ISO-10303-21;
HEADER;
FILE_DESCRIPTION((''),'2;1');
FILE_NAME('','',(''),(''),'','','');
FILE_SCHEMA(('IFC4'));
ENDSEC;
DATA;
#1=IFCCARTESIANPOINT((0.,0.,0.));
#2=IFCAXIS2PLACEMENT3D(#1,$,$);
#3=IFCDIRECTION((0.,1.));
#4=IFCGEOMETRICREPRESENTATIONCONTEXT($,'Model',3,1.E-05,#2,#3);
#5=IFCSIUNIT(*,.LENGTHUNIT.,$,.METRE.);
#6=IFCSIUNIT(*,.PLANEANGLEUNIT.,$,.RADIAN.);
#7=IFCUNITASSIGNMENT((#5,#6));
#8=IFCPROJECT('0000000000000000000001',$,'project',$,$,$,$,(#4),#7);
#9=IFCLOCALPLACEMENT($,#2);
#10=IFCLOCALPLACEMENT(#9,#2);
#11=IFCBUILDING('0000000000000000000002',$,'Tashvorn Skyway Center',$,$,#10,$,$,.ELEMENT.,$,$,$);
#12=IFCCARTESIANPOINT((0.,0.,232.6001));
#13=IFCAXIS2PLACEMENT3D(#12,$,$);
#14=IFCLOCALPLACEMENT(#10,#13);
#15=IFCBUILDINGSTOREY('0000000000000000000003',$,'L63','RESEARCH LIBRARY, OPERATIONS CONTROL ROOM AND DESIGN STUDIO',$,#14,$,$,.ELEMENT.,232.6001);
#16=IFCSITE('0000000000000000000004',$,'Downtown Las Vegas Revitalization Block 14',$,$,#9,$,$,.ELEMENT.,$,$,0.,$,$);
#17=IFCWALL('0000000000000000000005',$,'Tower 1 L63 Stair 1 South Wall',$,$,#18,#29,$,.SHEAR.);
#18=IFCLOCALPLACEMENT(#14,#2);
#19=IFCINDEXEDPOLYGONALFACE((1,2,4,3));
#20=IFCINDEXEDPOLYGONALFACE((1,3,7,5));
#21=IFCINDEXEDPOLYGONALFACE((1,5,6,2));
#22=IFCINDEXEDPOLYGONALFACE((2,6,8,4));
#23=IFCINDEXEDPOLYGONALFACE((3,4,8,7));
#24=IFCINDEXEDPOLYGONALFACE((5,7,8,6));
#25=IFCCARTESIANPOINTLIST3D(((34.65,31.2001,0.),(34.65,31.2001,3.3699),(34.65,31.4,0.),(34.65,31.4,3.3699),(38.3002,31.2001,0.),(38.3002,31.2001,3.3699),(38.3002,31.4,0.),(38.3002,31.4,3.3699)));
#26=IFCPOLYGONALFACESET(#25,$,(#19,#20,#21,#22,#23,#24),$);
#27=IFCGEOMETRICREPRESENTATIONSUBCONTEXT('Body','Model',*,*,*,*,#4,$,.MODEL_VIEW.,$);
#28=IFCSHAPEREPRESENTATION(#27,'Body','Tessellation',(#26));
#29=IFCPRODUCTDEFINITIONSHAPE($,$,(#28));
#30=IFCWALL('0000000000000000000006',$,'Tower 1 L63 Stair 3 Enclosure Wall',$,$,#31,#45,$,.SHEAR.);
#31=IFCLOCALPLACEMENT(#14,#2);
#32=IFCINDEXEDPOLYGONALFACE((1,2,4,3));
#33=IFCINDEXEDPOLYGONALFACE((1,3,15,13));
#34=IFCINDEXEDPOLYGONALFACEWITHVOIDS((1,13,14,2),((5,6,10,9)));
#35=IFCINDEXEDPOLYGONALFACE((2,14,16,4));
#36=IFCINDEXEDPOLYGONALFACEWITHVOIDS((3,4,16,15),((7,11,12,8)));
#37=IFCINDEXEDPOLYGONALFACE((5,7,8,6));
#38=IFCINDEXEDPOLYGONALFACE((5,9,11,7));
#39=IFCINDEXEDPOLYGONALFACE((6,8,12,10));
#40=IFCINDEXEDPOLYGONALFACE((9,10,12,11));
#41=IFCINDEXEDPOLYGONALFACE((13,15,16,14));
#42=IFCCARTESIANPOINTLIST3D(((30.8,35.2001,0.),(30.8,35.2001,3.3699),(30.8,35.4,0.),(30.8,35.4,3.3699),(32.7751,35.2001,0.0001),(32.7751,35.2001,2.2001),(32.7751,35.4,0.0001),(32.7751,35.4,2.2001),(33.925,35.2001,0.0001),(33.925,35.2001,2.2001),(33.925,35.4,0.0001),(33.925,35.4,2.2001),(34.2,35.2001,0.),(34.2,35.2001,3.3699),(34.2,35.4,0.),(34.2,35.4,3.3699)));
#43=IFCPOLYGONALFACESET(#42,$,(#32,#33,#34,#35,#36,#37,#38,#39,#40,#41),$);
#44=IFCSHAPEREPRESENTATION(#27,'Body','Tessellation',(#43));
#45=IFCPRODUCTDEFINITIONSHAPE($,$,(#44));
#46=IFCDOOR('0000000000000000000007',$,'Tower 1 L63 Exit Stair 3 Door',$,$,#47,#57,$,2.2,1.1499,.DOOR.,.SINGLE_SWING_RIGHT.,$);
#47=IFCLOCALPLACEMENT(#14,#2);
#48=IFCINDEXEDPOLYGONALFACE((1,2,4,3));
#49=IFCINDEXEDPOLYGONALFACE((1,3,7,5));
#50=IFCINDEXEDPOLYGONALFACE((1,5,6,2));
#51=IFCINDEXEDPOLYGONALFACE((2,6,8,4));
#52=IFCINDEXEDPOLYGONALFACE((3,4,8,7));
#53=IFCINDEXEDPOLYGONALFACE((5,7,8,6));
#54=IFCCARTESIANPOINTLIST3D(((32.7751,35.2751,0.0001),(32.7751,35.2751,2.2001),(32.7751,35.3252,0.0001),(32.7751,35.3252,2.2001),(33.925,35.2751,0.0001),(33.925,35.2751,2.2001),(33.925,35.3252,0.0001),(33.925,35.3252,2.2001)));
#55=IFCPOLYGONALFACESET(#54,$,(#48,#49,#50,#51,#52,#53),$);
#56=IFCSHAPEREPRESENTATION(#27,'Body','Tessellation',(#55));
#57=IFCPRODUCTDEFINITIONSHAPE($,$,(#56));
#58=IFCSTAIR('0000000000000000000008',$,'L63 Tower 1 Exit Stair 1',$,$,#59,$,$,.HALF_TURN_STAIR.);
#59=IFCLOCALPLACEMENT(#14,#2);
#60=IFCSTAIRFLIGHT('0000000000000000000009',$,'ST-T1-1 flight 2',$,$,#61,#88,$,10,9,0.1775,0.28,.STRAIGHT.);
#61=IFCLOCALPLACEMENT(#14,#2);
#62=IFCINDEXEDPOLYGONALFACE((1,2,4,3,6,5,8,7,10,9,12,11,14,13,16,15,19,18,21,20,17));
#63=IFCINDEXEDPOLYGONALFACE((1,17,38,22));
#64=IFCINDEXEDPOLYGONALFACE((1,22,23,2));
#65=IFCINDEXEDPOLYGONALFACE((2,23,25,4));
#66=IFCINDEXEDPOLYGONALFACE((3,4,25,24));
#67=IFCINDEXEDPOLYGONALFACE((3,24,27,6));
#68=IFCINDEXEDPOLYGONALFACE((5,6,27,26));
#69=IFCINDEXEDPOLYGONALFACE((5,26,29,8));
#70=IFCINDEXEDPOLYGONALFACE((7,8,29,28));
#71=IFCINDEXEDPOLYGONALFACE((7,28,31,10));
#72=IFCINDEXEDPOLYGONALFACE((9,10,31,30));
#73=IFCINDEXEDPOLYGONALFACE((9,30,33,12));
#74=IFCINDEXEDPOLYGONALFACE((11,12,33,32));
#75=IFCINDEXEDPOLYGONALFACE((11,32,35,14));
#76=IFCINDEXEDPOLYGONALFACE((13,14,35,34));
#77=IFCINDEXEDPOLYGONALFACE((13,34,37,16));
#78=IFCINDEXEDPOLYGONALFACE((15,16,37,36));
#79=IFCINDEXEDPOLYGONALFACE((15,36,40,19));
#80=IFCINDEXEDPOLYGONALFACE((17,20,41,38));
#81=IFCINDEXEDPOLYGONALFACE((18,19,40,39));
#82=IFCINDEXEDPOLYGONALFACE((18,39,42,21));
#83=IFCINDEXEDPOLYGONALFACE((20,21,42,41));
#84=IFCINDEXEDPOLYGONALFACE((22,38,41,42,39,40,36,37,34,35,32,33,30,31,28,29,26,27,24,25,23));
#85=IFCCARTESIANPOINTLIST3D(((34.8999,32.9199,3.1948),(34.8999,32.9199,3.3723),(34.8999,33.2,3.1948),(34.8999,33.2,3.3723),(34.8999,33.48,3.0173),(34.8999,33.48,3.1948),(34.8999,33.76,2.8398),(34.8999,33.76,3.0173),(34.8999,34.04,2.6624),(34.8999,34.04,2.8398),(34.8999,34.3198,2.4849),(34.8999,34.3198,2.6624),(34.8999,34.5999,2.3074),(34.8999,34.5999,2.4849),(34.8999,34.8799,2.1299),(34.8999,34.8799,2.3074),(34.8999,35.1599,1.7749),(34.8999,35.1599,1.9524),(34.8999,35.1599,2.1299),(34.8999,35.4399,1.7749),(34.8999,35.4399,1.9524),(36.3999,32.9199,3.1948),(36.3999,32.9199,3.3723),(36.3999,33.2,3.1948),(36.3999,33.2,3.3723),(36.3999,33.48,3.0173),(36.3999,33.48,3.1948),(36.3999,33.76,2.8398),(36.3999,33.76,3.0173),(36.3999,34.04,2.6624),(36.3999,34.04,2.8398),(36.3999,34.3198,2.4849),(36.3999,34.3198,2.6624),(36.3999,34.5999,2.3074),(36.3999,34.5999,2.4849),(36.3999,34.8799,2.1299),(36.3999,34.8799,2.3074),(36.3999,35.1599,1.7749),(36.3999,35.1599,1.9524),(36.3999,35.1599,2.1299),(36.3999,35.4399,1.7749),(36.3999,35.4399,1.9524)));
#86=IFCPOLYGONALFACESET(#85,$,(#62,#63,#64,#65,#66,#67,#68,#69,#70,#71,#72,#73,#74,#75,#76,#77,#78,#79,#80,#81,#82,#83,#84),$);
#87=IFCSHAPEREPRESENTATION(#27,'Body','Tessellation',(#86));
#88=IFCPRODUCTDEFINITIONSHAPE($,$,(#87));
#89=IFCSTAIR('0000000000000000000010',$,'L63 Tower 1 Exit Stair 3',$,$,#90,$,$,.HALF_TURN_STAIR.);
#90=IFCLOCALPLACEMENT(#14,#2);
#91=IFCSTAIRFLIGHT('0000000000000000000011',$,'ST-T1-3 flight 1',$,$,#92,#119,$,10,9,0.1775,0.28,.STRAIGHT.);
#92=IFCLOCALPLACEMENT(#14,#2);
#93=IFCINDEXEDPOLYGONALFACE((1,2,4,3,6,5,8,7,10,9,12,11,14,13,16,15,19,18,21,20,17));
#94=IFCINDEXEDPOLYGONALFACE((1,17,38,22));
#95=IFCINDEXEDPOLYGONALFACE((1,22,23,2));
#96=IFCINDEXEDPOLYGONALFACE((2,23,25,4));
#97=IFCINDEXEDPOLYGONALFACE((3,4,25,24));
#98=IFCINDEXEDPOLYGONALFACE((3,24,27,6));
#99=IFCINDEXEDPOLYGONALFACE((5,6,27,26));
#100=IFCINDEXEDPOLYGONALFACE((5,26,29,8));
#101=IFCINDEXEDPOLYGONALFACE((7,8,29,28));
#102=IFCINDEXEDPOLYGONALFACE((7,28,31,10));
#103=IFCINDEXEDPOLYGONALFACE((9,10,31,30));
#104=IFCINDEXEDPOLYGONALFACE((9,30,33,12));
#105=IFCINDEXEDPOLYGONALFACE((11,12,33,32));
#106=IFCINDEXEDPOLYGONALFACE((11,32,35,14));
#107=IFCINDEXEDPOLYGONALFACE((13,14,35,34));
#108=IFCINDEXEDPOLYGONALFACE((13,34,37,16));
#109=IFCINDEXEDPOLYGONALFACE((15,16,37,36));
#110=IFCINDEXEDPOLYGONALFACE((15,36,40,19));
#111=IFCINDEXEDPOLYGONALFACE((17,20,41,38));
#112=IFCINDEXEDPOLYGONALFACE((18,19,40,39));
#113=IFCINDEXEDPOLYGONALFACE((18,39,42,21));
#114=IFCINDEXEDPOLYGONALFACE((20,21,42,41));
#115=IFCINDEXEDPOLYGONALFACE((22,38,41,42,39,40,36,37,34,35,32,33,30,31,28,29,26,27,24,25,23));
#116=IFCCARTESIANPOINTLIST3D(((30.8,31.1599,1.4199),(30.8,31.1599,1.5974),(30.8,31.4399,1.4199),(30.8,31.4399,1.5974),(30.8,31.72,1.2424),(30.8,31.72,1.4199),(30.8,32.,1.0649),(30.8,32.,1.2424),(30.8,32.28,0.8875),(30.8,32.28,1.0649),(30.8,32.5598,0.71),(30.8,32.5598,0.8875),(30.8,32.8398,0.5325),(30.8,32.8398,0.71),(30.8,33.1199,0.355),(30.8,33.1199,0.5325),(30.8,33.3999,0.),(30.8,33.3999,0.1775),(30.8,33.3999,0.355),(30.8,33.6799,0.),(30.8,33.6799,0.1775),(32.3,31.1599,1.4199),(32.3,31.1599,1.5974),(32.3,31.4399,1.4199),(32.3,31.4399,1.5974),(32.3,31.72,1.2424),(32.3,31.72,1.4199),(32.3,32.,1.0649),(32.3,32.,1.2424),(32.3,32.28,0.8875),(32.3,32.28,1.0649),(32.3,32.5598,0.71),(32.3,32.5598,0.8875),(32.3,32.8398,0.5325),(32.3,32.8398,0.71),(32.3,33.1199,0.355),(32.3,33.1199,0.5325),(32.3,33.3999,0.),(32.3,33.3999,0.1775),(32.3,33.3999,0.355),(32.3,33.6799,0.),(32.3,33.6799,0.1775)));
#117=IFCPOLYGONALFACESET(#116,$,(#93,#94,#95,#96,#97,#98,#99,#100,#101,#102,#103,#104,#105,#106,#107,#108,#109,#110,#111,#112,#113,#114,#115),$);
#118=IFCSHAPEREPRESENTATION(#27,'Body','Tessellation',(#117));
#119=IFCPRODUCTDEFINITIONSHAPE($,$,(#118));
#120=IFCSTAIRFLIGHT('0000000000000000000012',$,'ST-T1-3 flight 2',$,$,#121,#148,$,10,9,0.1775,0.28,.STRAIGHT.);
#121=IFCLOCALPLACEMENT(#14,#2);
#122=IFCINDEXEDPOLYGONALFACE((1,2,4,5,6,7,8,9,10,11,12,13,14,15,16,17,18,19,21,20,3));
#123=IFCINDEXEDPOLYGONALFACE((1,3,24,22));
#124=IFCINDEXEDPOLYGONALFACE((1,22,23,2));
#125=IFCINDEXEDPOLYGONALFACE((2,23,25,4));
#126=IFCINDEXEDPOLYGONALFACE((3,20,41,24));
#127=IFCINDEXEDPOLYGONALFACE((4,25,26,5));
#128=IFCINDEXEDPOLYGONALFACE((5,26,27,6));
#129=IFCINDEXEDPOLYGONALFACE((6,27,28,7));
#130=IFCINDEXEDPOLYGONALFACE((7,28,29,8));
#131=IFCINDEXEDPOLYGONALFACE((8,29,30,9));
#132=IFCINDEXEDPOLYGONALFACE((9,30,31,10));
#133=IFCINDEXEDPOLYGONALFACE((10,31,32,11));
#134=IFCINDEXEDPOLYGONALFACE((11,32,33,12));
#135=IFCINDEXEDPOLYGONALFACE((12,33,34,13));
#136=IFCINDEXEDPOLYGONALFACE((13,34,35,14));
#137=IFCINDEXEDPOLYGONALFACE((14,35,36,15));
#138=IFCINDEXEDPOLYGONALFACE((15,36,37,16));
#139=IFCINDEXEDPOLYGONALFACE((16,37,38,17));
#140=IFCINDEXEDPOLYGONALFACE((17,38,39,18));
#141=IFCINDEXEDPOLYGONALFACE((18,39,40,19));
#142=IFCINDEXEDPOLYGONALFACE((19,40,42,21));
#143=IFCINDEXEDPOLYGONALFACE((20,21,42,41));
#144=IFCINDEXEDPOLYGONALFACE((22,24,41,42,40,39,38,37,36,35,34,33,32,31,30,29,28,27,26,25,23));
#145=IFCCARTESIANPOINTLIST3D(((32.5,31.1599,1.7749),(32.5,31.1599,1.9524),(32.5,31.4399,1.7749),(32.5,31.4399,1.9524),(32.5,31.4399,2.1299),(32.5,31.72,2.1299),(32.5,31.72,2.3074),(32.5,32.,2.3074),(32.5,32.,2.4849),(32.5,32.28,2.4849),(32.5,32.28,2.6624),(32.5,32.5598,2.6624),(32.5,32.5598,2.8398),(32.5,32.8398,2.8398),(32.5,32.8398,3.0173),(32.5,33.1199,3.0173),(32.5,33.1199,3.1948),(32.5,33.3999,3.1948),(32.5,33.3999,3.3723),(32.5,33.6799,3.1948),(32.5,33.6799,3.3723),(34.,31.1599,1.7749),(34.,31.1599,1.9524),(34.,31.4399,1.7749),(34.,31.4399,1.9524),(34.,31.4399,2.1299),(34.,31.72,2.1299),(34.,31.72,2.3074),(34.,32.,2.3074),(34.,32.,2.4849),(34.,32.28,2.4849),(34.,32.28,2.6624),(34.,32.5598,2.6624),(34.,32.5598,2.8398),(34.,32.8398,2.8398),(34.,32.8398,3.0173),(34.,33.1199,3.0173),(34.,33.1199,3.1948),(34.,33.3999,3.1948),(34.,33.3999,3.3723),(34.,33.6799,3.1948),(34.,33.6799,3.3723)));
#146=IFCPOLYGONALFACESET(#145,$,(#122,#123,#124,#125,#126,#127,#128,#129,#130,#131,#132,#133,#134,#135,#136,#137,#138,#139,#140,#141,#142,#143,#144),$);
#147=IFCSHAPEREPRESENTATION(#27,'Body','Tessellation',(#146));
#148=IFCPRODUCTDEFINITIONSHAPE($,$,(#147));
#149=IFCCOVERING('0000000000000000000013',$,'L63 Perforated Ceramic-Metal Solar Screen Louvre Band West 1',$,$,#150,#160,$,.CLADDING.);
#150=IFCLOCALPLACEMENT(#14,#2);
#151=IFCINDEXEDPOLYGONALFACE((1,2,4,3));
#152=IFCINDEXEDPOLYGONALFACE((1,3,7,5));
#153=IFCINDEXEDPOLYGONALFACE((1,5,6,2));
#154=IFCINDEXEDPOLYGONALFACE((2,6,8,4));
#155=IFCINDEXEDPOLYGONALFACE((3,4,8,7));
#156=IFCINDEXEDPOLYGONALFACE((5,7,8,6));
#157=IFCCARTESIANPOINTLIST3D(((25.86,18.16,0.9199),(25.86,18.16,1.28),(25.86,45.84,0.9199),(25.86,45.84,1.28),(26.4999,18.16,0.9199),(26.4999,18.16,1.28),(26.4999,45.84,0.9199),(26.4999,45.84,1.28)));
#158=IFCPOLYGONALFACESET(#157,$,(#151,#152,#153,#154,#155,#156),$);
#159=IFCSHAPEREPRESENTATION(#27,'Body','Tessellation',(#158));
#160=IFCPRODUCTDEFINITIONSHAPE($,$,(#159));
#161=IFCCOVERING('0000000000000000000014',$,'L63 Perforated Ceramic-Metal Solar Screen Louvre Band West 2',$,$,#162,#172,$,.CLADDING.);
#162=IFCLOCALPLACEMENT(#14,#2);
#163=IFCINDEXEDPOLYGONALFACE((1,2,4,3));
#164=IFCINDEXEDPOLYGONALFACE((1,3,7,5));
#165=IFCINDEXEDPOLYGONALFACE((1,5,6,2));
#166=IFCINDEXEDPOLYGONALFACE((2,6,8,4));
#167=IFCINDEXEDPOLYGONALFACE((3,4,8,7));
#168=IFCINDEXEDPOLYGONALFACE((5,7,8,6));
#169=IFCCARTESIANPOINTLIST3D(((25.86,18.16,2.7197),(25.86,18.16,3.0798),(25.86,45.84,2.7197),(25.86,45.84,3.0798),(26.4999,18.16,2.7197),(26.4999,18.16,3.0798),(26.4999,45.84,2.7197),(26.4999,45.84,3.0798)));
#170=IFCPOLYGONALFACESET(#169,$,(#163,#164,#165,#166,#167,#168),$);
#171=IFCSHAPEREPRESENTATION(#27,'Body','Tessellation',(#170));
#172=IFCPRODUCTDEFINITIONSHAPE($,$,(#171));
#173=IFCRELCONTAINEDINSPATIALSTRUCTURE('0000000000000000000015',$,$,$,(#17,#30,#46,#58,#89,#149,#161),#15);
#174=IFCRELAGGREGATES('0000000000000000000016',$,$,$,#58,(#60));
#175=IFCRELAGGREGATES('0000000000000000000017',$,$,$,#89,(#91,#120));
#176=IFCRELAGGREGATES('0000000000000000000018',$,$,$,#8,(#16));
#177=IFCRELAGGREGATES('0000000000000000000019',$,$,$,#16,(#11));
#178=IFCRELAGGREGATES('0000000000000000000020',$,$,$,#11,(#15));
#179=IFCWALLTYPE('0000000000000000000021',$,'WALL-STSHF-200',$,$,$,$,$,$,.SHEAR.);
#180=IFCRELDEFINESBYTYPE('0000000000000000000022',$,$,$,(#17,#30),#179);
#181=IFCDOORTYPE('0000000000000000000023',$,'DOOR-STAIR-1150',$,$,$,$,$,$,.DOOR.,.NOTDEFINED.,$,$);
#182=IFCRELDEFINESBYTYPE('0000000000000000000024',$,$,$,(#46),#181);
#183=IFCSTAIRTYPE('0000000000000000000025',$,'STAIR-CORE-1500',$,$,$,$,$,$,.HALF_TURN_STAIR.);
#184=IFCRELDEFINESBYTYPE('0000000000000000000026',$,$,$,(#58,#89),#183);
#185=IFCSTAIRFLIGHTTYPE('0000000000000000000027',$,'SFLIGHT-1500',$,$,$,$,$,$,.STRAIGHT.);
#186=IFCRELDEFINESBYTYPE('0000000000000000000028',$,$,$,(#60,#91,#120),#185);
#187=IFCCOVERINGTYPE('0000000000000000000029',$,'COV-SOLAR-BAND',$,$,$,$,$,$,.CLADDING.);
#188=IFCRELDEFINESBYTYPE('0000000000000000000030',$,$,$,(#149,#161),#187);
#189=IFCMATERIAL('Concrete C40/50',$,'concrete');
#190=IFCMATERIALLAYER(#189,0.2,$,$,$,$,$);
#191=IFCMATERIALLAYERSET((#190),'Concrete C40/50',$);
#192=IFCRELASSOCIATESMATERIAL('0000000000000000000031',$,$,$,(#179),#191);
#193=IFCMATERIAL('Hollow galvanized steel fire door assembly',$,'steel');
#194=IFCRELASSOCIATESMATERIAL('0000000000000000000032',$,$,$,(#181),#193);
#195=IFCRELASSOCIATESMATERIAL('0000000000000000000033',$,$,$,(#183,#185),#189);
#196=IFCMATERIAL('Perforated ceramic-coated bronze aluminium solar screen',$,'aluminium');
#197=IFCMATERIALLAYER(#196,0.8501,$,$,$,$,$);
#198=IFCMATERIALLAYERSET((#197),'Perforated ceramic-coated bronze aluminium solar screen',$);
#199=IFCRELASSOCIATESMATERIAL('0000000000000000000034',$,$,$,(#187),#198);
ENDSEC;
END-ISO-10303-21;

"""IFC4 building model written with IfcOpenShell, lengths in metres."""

from ifc_helpers import new_model, si_unit, direction, frame, frame_2d, origin, origin_2d, place, context, subcontext, project, spatial, polyline, rectangle, outline, extrude, material, layer, layer_set, type_object, element, fill, aggregate, save


model = new_model("IFC4")

# Units and contexts
model_context = context("Model", 3, precision=1e-05, world=origin(), true_north=direction((0.0, 1.0)))
body_context = subcontext(model_context, "Body", "Model", "MODEL_VIEW")
ifc_project = project(units=[si_unit("LENGTHUNIT", "METRE"), si_unit("PLANEANGLEUNIT", "RADIAN")], contexts=[model_context])

# Site, building, storey
site_placement = place(None, origin())
site = spatial("IfcSite", under=ifc_project, at=site_placement, Name="Downtown Las Vegas Revitalization Block 14", CompositionType="ELEMENT", RefElevation=0.0)
building_placement = place(site_placement, origin())
building = spatial("IfcBuilding", under=site, at=building_placement, Name="Tashvorn Skyway Center", CompositionType="ELEMENT")
storey_placement = place(building_placement, frame((0.0, 0.0, 232.6001)))
storey = spatial("IfcBuildingStorey", under=building, at=storey_placement, Name="L63", Description="RESEARCH LIBRARY, OPERATIONS CONTROL ROOM AND DESIGN STUDIO", CompositionType="ELEMENT", Elevation=232.6001)

# Wall
ifc_material_1 = material(Name="Concrete C40/50", Category="concrete")
ifc_layer_1 = layer(ifc_material_1, 0.2)
ifc_layer_set_1 = layer_set([ifc_layer_1], Name="Concrete C40/50")
wall_type_1 = type_object("IfcWallType", Name="WALL-STSHF-200", PredefinedType="SHEAR", material=ifc_layer_set_1)
wall_1_placement = place(storey_placement, frame((34.6499, 31.3, 0.0), z_axis=(0.0, 0.0, 1.0), x_axis=(1.0, 0.0, 0.0)))
element("IfcWall", 1, at=wall_1_placement, inside=storey, type_object=wall_type_1, Name="Tower 1 L63 Stair 1 South Wall", PredefinedType="SHEAR", context=body_context, shape_type="SweptSolid", body=[
    extrude(rectangle(XDim=3.6501, YDim=0.2, at=frame_2d((1.8252, 0.0))), origin(), (0.0, 0.0, 1.0), 3.3699),
])

# Wall, opening, door
wall_2_placement = place(storey_placement, frame((34.2, 35.3, 0.0), z_axis=(0.0, 0.0, 1.0), x_axis=(-1.0, 0.0, 0.0)))
wall_2 = element("IfcWall", 2, at=wall_2_placement, inside=storey, type_object=wall_type_1, Name="Tower 1 L63 Stair 3 Enclosure Wall", PredefinedType="SHEAR", context=body_context, shape_type="SweptSolid", body=[
    extrude(rectangle(XDim=3.3999, YDim=0.2, at=frame_2d((1.7, 0.0))), origin(), (0.0, 0.0, 1.0), 3.3699),
])
opening_placement = place(wall_2_placement, frame((0.2749, 0.0, 0.0)))
opening = element("IfcOpeningElement", 3, at=opening_placement, cuts=wall_2, PredefinedType="OPENING", context=body_context, shape_type="SweptSolid", body=[
    extrude(rectangle(XDim=1.1499, YDim=2.2, at=frame_2d((0.575, 1.1001))), frame((0.0, 0.1099, 0.0), z_axis=(0.0, -1.0, 0.0), x_axis=(1.0, 0.0, 0.0)), (0.0, 0.0, 1.0), 0.22),
])
ifc_material_2 = material(Name="Hollow galvanized steel fire door assembly", Category="steel")
door_type = type_object("IfcDoorType", Name="DOOR-STAIR-1150", OperationType="NOTDEFINED", PredefinedType="DOOR", material=ifc_material_2)
door_placement = place(opening_placement, origin())
door = element("IfcDoor", 4, at=door_placement, inside=storey, type_object=door_type, Name="Tower 1 L63 Exit Stair 3 Door", OperationType="SINGLE_SWING_RIGHT", OverallHeight=2.2, OverallWidth=1.1499, PredefinedType="DOOR", context=body_context, shape_type="SweptSolid", body=[
    extrude(rectangle(XDim=1.1499, YDim=2.2, at=frame_2d((0.575, 1.1001))), frame((0.0, 0.0249, 0.0), z_axis=(0.0, -1.0, 0.0), x_axis=(1.0, 0.0, 0.0)), (0.0, 0.0, 1.0), 0.05),
])
fill(opening, door)

# Stair, stair flight
stair_type = type_object("IfcStairType", Name="STAIR-CORE-1500", PredefinedType="HALF_TURN_STAIR", material=ifc_material_1)
stair_1_placement = place(storey_placement, origin())
stair_1 = element("IfcStair", 5, at=stair_1_placement, inside=storey, type_object=stair_type, Name="L63 Tower 1 Exit Stair 1", PredefinedType="HALF_TURN_STAIR")
stair_flight_type = type_object("IfcStairFlightType", Name="SFLIGHT-1500", PredefinedType="STRAIGHT", material=ifc_material_1)
stair_flight_1_placement = place(storey_placement, frame((35.6499, 35.4399, 1.7749), z_axis=(0.0, 0.0, 1.0), x_axis=(0.0, -1.0, 0.0)))
stair_flight_1 = element("IfcStairFlight", 6, at=stair_flight_1_placement, type_object=stair_flight_type, Name="ST-T1-1 flight 2", NumberOfRisers=10, NumberOfTreads=9, PredefinedType="STRAIGHT", RiserHeight=0.1775, TreadLength=0.28, context=body_context, shape_type="SweptSolid", body=[
    extrude(outline(polyline([(0.0, 0.0), (0.0, 0.1775), (0.28, 0.1775), (0.28, 0.355), (0.5601, 0.355), (0.5601, 0.5325), (0.8401, 0.5325), (0.8401, 0.71), (1.1201, 0.71), (1.1201, 0.8875), (1.3999, 0.8875), (1.3999, 1.0649), (1.6799, 1.0649), (1.6799, 1.2424), (1.96, 1.2424), (1.96, 1.4199), (2.24, 1.4199), (2.24, 1.5974), (2.52, 1.5974), (2.52, 1.7749), (2.52, 1.4199), (0.28, 0.0), (0.0, 0.0)])), frame((0.0, 0.75, 0.0), z_axis=(0.0, -1.0, 0.0), x_axis=(1.0, 0.0, 0.0)), (0.0, 0.0, 1.0), 1.5),
])
aggregate(stair_1, [stair_flight_1])

# Stair, stair flights
stair_2_placement = place(storey_placement, origin())
stair_2 = element("IfcStair", 7, at=stair_2_placement, inside=storey, type_object=stair_type, Name="L63 Tower 1 Exit Stair 3", PredefinedType="HALF_TURN_STAIR")
stair_flight_2_placement = place(storey_placement, frame((31.55, 33.6799, 0.0), z_axis=(0.0, 0.0, 1.0), x_axis=(0.0, -1.0, 0.0)))
stair_flight_2 = element("IfcStairFlight", 8, at=stair_flight_2_placement, type_object=stair_flight_type, Name="ST-T1-3 flight 1", NumberOfRisers=10, NumberOfTreads=9, PredefinedType="STRAIGHT", RiserHeight=0.1775, TreadLength=0.28, context=body_context, shape_type="SweptSolid", body=[
    extrude(outline(polyline([(0.0, 0.0), (0.0, 0.1775), (0.28, 0.1775), (0.28, 0.355), (0.5601, 0.355), (0.5601, 0.5325), (0.8401, 0.5325), (0.8401, 0.71), (1.1201, 0.71), (1.1201, 0.8875), (1.3999, 0.8875), (1.3999, 1.0649), (1.6799, 1.0649), (1.6799, 1.2424), (1.96, 1.2424), (1.96, 1.4199), (2.24, 1.4199), (2.24, 1.5974), (2.52, 1.5974), (2.52, 1.7749), (2.52, 1.4199), (0.28, 0.0), (0.0, 0.0)])), frame((0.0, 0.75, 0.0), z_axis=(0.0, -1.0, 0.0), x_axis=(1.0, 0.0, 0.0)), (0.0, 0.0, 1.0), 1.5),
])
stair_flight_3_placement = place(storey_placement, frame((33.25, 31.1599, 1.7749), z_axis=(0.0, 0.0, 1.0), x_axis=(0.0, 1.0, 0.0)))
stair_flight_3 = element("IfcStairFlight", 9, at=stair_flight_3_placement, type_object=stair_flight_type, Name="ST-T1-3 flight 2", NumberOfRisers=10, NumberOfTreads=9, PredefinedType="STRAIGHT", RiserHeight=0.1775, TreadLength=0.28, context=body_context, shape_type="SweptSolid", body=[
    extrude(outline(polyline([(0.0, 0.0), (0.0, 0.1775), (0.28, 0.1775), (0.28, 0.355), (0.5601, 0.355), (0.5601, 0.5325), (0.8401, 0.5325), (0.8401, 0.71), (1.1201, 0.71), (1.1201, 0.8875), (1.3999, 0.8875), (1.3999, 1.0649), (1.6799, 1.0649), (1.6799, 1.2424), (1.96, 1.2424), (1.96, 1.4199), (2.24, 1.4199), (2.24, 1.5974), (2.52, 1.5974), (2.52, 1.7749), (2.52, 1.4199), (0.28, 0.0), (0.0, 0.0)])), frame((0.0, 0.75, 0.0), z_axis=(0.0, -1.0, 0.0), x_axis=(1.0, 0.0, 0.0)), (0.0, 0.0, 1.0), 1.5),
])
aggregate(stair_2, [stair_flight_2, stair_flight_3])

# Coverings
ifc_material_3 = material(Name="Perforated ceramic-coated bronze aluminium solar screen", Category="aluminium")
ifc_layer_2 = layer(ifc_material_3, 0.8501)
ifc_layer_set_2 = layer_set([ifc_layer_2], Name="Perforated ceramic-coated bronze aluminium solar screen")
covering_type = type_object("IfcCoveringType", Name="COV-SOLAR-BAND", PredefinedType="CLADDING", material=ifc_layer_set_2)
for number, where, z_axis, x_axis, name in (
    (10, (26.1799, 32.0, 0.9199), (0.0, 0.0, 1.0), (0.0, 1.0, 0.0), "L63 Perforated Ceramic-Metal Solar Screen Louvre Band West 1"),
    (11, (26.1799, 32.0, 2.7197), (0.0, 0.0, 1.0), (0.0, 1.0, 0.0), "L63 Perforated Ceramic-Metal Solar Screen Louvre Band West 2"),
):
    element("IfcCovering", number, at=place(storey_placement, frame(where, z_axis=z_axis, x_axis=x_axis)), inside=storey, type_object=covering_type, Name=name, PredefinedType="CLADDING", context=body_context, shape_type="SweptSolid", body=[
        extrude(rectangle(XDim=27.6799, YDim=0.6399, at=origin_2d()), origin(), (0.0, 0.0, 1.0), 0.3601),
    ])

save(model, "model.ifc")
